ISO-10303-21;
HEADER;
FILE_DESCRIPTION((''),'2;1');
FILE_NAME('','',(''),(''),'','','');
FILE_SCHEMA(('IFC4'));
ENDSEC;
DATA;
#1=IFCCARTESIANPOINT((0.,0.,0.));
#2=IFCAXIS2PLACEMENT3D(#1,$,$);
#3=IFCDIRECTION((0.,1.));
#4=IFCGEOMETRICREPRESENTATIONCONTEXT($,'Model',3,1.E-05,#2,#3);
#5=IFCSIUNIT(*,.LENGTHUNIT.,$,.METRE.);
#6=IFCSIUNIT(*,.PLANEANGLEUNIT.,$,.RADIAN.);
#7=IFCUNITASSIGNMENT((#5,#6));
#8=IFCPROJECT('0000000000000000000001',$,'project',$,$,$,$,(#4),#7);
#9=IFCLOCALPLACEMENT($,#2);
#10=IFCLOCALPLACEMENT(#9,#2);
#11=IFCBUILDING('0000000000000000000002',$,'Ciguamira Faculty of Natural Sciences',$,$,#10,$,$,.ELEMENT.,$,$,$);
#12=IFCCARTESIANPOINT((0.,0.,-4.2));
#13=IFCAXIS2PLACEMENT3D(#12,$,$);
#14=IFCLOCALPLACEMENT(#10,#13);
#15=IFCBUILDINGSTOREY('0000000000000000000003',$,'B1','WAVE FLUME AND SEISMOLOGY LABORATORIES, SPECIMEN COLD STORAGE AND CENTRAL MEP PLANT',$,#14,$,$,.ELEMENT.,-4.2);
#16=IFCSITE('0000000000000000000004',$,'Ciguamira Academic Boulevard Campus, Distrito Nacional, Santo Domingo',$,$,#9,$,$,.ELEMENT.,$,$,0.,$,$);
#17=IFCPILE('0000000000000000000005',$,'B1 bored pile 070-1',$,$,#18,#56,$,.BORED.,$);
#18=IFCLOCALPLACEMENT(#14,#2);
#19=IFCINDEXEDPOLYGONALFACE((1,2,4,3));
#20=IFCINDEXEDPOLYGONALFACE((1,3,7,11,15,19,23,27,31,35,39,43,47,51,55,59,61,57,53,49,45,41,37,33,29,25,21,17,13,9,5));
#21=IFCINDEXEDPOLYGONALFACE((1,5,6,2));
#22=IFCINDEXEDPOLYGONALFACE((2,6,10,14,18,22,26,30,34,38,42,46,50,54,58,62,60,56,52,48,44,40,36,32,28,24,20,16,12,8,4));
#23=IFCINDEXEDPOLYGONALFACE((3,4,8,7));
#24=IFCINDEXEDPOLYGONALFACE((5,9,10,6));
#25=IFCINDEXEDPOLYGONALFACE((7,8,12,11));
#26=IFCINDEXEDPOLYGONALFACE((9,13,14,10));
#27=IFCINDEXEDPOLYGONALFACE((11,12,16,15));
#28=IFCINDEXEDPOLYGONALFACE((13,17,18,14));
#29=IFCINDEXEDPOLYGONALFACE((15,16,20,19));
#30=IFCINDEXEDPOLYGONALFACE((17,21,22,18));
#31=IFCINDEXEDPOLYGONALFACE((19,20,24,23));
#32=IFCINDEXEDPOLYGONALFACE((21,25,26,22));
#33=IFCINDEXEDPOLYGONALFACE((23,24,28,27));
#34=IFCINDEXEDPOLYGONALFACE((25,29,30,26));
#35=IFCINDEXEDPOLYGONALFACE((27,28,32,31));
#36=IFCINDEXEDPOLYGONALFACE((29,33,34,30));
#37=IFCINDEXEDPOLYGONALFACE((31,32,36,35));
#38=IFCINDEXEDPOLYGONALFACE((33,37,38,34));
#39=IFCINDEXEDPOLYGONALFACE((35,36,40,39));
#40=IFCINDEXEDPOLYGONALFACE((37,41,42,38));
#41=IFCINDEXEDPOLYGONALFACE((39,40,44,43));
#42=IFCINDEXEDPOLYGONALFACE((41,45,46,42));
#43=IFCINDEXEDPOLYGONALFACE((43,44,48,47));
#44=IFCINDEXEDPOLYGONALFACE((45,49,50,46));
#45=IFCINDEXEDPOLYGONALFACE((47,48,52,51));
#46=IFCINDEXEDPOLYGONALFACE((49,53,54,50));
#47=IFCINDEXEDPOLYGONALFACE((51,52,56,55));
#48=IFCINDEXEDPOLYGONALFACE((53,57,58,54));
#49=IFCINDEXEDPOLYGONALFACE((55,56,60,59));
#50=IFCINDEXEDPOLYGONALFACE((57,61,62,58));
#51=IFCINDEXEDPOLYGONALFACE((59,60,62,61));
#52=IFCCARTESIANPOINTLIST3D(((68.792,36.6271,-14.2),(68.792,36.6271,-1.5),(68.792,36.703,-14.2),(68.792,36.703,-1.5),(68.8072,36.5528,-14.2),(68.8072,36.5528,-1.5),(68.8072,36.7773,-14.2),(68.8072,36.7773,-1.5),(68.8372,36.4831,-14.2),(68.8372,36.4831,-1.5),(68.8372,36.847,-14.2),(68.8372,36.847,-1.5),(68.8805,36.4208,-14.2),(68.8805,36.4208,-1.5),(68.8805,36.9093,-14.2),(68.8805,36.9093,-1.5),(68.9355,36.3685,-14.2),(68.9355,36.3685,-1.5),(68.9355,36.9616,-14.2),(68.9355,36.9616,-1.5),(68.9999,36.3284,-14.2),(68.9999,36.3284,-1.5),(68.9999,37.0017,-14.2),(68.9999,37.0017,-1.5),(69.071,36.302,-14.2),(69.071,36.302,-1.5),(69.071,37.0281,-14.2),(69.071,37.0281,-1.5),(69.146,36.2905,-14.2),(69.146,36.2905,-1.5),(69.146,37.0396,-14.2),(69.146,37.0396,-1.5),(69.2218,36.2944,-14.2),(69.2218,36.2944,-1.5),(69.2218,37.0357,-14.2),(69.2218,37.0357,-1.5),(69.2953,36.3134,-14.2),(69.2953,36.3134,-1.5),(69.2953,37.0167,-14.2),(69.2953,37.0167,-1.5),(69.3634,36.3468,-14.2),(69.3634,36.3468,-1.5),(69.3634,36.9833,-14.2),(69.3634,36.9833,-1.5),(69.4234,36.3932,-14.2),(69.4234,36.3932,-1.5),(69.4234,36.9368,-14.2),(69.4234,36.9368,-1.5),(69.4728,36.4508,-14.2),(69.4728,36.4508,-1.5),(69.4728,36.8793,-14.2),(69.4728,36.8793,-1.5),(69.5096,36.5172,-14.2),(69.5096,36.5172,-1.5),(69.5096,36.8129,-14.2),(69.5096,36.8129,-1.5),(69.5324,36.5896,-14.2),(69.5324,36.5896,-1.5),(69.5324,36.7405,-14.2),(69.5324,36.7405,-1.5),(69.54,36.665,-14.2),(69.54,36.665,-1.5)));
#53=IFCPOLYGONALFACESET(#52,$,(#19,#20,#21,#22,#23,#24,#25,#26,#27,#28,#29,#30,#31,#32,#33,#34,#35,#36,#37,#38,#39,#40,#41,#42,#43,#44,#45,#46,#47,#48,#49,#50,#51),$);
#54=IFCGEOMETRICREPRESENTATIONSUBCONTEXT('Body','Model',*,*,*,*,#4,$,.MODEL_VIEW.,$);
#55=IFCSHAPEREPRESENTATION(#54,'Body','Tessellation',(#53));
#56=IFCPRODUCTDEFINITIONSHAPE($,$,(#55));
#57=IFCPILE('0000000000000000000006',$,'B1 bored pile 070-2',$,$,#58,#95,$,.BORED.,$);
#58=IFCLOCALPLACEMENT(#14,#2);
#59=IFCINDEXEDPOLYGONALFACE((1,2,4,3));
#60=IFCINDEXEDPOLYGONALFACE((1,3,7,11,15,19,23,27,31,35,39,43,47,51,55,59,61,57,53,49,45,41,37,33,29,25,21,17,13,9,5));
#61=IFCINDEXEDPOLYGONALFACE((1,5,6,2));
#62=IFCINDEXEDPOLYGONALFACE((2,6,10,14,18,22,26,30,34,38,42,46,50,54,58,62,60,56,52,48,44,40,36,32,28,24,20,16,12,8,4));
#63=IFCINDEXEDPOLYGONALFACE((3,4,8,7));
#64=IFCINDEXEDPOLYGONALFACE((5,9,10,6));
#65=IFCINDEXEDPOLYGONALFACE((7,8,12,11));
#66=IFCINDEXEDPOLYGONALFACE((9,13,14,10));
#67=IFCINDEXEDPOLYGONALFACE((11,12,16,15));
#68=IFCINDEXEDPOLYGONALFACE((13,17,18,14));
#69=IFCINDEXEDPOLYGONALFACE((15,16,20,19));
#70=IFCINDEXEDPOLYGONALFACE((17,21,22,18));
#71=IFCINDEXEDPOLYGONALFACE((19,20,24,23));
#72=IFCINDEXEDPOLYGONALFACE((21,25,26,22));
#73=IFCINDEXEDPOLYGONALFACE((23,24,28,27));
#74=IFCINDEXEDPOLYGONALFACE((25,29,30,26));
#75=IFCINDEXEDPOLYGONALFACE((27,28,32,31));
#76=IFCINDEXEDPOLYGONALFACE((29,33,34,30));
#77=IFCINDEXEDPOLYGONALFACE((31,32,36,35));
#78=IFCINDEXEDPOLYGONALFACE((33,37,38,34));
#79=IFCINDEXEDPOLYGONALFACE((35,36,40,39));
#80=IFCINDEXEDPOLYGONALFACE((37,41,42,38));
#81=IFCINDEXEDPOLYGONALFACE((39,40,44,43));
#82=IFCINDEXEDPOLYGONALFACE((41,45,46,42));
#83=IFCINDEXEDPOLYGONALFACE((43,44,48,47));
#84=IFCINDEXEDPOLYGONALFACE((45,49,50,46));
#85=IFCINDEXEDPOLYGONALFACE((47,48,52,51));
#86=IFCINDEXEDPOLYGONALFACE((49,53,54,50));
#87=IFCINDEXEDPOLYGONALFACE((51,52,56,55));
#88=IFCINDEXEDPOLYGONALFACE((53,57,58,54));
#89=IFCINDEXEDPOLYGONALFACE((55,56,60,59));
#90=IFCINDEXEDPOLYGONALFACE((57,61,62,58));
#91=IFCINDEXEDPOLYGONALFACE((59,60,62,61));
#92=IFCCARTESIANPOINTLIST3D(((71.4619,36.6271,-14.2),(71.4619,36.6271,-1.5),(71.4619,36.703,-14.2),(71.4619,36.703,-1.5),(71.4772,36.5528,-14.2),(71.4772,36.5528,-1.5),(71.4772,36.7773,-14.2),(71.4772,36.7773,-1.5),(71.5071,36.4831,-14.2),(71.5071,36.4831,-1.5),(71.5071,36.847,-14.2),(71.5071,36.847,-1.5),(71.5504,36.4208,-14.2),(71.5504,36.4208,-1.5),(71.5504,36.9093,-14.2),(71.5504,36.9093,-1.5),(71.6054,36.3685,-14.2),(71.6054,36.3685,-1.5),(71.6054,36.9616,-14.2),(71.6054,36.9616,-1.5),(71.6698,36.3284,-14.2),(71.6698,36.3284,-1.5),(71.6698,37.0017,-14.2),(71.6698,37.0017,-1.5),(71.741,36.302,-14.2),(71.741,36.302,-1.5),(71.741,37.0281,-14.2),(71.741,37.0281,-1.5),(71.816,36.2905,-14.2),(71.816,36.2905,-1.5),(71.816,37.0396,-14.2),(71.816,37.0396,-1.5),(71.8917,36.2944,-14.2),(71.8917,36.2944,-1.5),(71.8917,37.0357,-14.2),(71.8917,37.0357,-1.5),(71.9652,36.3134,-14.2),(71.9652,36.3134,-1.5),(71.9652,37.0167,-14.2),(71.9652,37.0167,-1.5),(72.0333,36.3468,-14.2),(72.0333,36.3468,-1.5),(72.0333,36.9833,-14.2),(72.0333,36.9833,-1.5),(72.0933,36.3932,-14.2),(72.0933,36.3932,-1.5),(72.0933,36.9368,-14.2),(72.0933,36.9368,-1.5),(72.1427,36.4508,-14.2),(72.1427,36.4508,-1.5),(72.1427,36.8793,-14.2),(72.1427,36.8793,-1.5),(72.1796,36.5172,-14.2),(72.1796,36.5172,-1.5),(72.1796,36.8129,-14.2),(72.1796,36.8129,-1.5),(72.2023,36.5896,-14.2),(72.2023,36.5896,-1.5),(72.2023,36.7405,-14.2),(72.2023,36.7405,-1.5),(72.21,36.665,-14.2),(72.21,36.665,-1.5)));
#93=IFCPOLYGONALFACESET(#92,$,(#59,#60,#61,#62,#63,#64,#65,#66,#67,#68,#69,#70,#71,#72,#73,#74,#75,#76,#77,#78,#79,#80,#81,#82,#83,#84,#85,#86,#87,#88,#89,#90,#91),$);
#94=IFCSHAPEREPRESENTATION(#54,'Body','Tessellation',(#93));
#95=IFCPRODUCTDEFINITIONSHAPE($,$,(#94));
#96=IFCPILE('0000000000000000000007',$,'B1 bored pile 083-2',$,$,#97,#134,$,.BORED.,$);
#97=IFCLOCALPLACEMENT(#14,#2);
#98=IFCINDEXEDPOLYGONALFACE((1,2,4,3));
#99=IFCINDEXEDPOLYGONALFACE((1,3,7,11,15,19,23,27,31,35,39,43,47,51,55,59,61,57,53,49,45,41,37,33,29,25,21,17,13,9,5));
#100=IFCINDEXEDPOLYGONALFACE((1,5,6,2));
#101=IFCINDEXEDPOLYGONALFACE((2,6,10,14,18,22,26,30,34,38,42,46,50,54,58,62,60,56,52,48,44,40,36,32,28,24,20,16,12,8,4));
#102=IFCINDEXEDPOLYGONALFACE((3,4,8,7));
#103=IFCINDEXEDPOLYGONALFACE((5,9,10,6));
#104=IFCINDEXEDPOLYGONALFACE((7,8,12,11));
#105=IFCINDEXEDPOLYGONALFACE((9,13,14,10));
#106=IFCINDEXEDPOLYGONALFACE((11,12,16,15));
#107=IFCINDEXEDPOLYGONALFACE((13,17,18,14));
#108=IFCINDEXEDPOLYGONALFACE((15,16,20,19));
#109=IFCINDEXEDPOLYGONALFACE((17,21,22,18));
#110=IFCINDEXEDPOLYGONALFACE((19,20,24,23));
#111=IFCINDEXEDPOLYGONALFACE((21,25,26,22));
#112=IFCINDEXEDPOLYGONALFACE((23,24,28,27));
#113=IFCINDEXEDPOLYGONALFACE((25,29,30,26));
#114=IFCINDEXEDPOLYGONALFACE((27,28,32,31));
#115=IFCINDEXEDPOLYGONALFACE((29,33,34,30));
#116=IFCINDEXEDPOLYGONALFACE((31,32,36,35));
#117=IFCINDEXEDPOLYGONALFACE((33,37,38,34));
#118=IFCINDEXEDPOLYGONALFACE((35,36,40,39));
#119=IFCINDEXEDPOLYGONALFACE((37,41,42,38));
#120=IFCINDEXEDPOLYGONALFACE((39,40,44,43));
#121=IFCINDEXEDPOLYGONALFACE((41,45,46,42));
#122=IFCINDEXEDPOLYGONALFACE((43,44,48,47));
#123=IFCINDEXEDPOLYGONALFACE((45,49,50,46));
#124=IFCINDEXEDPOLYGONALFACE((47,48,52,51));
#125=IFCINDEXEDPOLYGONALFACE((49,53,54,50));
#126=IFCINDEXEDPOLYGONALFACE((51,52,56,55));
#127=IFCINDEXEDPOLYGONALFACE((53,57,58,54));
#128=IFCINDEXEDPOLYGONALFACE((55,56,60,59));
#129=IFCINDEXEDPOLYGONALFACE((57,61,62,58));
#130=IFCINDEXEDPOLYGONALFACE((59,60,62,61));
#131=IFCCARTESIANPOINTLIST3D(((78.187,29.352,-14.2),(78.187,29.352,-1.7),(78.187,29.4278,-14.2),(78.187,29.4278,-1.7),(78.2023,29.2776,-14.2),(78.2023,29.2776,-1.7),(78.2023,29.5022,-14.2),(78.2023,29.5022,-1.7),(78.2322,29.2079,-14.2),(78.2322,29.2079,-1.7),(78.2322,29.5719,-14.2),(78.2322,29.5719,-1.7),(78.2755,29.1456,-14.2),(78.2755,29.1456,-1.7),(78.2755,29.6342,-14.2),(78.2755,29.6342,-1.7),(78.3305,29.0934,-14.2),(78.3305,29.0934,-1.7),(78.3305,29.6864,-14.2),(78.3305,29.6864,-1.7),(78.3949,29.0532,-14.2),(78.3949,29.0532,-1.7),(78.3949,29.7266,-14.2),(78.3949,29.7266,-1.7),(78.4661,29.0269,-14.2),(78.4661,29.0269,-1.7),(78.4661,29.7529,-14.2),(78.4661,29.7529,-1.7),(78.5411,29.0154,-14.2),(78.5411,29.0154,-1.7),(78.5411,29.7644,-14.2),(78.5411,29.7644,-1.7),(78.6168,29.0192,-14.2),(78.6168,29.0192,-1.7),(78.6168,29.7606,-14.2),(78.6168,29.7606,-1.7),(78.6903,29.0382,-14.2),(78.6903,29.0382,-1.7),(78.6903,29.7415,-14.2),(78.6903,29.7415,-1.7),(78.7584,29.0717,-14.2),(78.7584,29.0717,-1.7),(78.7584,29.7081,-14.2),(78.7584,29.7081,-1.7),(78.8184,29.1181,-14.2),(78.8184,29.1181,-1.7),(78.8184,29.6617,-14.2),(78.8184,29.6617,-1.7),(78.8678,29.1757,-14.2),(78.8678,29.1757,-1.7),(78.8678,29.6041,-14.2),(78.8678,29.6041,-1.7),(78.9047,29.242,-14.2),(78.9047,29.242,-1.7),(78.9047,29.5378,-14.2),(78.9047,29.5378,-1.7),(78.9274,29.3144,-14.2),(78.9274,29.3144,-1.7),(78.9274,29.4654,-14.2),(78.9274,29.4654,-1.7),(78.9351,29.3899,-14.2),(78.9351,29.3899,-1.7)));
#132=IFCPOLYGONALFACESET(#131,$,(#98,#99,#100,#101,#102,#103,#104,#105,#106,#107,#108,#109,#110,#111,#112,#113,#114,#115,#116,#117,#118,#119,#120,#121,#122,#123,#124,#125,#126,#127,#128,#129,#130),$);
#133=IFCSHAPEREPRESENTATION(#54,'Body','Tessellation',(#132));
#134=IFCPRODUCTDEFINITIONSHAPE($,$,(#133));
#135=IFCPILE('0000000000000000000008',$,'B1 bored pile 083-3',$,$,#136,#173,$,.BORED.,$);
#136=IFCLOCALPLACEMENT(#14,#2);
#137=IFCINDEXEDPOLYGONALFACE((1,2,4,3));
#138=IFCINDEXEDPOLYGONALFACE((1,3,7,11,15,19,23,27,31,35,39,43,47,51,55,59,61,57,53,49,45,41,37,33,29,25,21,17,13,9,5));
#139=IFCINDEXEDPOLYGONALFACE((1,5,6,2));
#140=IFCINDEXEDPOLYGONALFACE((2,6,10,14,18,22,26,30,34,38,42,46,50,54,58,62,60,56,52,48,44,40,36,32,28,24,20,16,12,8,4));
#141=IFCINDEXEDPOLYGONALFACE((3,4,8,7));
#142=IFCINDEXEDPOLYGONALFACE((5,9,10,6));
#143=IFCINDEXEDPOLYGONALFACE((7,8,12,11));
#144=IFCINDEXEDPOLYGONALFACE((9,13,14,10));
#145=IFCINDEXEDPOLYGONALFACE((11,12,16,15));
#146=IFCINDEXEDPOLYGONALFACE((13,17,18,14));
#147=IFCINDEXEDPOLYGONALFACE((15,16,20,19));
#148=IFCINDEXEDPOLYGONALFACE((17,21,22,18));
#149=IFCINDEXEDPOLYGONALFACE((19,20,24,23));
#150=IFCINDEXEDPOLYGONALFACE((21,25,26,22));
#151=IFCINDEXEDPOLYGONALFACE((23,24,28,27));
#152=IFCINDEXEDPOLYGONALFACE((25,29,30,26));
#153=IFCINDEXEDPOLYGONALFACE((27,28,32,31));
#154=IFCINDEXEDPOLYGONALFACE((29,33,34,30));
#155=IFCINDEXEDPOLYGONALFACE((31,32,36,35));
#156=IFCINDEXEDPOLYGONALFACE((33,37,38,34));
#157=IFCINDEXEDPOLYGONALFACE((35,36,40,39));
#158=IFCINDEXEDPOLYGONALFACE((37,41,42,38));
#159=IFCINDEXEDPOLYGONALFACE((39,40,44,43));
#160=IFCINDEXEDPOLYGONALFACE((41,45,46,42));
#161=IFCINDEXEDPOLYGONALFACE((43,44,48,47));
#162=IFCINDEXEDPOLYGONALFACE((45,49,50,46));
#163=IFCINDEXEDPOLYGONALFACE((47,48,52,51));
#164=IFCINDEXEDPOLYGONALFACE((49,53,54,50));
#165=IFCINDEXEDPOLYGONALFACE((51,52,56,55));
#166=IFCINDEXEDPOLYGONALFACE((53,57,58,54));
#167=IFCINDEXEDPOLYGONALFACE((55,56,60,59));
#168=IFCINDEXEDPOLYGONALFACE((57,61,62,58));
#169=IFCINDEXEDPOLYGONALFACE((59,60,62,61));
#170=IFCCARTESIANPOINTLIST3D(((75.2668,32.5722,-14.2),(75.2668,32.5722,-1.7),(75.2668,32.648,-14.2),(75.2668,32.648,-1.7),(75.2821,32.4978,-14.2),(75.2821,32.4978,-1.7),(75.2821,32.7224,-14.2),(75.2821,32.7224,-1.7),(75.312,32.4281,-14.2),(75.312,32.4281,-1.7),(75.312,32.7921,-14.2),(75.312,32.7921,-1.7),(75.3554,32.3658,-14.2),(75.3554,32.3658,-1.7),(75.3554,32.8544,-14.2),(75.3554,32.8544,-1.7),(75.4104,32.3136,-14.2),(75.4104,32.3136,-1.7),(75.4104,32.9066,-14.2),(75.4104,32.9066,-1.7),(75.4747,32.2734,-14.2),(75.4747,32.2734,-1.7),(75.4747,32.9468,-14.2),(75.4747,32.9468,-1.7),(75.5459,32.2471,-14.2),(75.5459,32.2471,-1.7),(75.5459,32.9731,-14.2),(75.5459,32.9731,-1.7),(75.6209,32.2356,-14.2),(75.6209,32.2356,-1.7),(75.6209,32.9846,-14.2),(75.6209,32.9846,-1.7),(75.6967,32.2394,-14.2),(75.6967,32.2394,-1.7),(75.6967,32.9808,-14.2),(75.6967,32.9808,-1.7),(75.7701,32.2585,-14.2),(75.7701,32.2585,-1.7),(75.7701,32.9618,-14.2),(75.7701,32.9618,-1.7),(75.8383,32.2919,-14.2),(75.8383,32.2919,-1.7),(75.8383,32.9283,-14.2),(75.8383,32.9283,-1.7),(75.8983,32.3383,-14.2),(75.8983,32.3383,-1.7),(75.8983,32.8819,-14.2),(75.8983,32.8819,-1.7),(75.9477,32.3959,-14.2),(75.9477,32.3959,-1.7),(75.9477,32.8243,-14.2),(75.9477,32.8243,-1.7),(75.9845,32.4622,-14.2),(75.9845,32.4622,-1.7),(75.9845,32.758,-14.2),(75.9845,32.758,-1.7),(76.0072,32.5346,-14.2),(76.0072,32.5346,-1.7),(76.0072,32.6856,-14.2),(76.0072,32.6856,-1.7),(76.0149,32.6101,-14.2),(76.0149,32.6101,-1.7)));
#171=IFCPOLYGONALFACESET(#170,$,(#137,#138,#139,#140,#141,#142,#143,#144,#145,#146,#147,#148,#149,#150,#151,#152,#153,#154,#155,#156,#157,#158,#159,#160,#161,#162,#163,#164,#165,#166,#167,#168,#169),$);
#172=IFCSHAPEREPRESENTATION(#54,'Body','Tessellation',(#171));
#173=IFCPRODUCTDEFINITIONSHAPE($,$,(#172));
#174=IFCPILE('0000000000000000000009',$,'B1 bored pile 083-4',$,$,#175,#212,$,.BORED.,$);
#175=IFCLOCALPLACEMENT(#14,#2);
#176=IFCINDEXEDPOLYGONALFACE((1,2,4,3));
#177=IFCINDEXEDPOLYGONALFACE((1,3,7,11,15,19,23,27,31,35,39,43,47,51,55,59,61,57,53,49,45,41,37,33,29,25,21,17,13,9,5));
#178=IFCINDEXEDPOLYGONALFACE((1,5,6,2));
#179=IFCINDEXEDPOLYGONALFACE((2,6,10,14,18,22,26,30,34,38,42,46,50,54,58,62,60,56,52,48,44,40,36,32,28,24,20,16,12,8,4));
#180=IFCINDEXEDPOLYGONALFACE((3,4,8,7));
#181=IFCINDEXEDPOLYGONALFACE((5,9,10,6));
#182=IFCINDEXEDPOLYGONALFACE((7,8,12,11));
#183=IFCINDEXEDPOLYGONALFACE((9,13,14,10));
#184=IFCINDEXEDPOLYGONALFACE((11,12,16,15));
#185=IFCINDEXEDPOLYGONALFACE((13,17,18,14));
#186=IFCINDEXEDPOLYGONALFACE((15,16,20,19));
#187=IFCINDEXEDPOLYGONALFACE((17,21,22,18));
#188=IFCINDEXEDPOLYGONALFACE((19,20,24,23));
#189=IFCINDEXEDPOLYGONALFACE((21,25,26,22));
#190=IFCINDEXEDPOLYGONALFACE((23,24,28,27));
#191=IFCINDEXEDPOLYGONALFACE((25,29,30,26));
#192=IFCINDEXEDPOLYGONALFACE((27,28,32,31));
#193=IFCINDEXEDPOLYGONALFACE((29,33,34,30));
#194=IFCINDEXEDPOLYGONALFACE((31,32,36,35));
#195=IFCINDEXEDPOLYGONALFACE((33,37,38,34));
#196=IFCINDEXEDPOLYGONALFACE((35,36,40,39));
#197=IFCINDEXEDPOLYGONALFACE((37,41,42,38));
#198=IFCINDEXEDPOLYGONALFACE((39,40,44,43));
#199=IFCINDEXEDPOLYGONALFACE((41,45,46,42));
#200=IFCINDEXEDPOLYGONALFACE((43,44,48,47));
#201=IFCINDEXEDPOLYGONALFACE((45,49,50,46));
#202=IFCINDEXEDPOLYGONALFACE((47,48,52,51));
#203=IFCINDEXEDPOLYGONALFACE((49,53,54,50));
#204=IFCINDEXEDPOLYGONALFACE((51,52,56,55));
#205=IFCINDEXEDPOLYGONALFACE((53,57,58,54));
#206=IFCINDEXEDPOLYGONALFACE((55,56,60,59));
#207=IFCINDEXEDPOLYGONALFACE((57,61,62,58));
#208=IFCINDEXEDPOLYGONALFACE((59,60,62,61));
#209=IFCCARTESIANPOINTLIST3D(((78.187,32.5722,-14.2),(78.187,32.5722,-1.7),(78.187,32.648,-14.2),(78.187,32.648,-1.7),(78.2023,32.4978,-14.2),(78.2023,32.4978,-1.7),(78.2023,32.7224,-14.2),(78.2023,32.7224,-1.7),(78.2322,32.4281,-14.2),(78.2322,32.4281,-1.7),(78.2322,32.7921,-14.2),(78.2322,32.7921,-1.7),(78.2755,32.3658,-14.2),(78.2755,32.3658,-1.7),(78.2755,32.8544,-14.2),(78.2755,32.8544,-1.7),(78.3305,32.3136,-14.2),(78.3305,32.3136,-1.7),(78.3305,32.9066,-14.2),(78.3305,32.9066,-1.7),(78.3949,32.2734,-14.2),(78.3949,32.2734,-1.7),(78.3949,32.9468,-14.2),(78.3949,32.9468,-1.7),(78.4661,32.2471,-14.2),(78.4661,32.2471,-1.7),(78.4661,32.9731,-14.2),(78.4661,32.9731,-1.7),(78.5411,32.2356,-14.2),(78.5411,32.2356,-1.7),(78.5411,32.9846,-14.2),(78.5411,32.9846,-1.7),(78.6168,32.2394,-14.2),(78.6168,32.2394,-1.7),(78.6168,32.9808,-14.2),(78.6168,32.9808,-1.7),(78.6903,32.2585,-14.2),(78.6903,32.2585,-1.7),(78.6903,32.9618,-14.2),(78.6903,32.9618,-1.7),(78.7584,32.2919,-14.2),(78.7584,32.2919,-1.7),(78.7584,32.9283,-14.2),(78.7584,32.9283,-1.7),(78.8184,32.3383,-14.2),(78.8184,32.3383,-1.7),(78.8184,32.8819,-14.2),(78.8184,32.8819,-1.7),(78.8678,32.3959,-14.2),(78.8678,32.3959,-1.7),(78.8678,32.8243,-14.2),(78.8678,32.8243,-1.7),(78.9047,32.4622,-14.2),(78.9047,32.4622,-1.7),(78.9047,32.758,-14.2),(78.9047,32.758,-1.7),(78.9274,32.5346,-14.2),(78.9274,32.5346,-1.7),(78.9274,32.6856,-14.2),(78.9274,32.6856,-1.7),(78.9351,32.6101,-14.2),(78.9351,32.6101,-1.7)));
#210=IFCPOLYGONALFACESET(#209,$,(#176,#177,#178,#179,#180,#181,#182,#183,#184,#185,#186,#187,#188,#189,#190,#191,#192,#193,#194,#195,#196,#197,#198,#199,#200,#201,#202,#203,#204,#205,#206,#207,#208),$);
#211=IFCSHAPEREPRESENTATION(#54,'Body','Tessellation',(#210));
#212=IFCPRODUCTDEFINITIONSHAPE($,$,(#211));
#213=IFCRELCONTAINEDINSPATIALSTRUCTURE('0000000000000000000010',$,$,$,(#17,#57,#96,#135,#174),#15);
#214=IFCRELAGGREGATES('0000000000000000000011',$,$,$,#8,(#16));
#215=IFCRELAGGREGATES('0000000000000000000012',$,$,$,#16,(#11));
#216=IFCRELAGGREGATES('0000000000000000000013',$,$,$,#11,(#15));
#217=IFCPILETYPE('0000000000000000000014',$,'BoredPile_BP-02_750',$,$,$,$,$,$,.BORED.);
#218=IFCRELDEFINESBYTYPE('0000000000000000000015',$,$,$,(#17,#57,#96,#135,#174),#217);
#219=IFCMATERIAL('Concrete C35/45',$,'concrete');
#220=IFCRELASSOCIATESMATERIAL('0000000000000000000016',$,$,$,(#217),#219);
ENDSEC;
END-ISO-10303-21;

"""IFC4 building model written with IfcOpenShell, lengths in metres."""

from ifc_helpers import new_model, si_unit, direction, frame, origin, origin_2d, place, context, subcontext, project, spatial, circle, extrude, material, material_profile, profile_set, type_object, element, save


model = new_model("IFC4")

# Units and contexts
model_context = context("Model", 3, precision=1e-05, world=origin(), true_north=direction((0.0, 1.0)))
body_context = subcontext(model_context, "Body", "Model", "MODEL_VIEW")
ifc_project = project(units=[si_unit("LENGTHUNIT", "METRE"), si_unit("PLANEANGLEUNIT", "RADIAN")], contexts=[model_context])

# Site, building, storey
site_placement = place(None, origin())
site = spatial("IfcSite", under=ifc_project, at=site_placement, Name="Ciguamira Academic Boulevard Campus, Distrito Nacional, Santo Domingo", CompositionType="ELEMENT", RefElevation=0.0)
building_placement = place(site_placement, origin())
building = spatial("IfcBuilding", under=site, at=building_placement, Name="Ciguamira Faculty of Natural Sciences", CompositionType="ELEMENT")
storey_placement = place(building_placement, frame((0.0, 0.0, -4.2)))
storey = spatial("IfcBuildingStorey", under=building, at=storey_placement, Name="B1", Description="WAVE FLUME AND SEISMOLOGY LABORATORIES, SPECIMEN COLD STORAGE AND CENTRAL MEP PLANT", CompositionType="ELEMENT", Elevation=-4.2)

# Piles
ifc_material_1 = material(Name="Concrete C35/45", Category="concrete")
ifc_material_profile_1 = material_profile(ifc_material_1, circle(Radius=0.375, at=origin_2d()), Name="PILE-BORED-750")
ifc_profile_set_1 = profile_set([ifc_material_profile_1], Name="Concrete C35/45")
pile_type = type_object("IfcPileType", Name="BoredPile_BP-02_750", PredefinedType="BORED", material=ifc_profile_set_1)
for number, where, z_axis, x_axis, name in (
    (1, (69.165, 36.665, -1.5), (0.0, 0.0, -1.0), (1.0, 0.0, 0.0), "B1 bored pile 070-1"),
    (2, (71.835, 36.665, -1.5), (0.0, 0.0, -1.0), (1.0, 0.0, 0.0), "B1 bored pile 070-2"),
):
    element("IfcPile", number, at=place(storey_placement, frame(where, z_axis=z_axis, x_axis=x_axis)), inside=storey, type_object=pile_type, Name=name, PredefinedType="BORED", context=body_context, shape_type="SweptSolid", body=[
        extrude(circle(Radius=0.375, at=origin_2d()), origin(), (0.0, 0.0, 1.0), 12.7),
    ])
for number, where, z_axis, x_axis, name in (
    (3, (78.5601, 29.3899, -1.7), (0.0, 0.0, -1.0), (1.0, 0.0, 0.0), "B1 bored pile 083-2"),
    (4, (75.6399, 32.6101, -1.7), (0.0, 0.0, -1.0), (1.0, 0.0, 0.0), "B1 bored pile 083-3"),
    (5, (78.5601, 32.6101, -1.7), (0.0, 0.0, -1.0), (1.0, 0.0, 0.0), "B1 bored pile 083-4"),
):
    element("IfcPile", number, at=place(storey_placement, frame(where, z_axis=z_axis, x_axis=x_axis)), inside=storey, type_object=pile_type, Name=name, PredefinedType="BORED", context=body_context, shape_type="SweptSolid", body=[
        extrude(circle(Radius=0.375, at=origin_2d()), origin(), (0.0, 0.0, 1.0), 12.5),
    ])

save(model, "model.ifc")
